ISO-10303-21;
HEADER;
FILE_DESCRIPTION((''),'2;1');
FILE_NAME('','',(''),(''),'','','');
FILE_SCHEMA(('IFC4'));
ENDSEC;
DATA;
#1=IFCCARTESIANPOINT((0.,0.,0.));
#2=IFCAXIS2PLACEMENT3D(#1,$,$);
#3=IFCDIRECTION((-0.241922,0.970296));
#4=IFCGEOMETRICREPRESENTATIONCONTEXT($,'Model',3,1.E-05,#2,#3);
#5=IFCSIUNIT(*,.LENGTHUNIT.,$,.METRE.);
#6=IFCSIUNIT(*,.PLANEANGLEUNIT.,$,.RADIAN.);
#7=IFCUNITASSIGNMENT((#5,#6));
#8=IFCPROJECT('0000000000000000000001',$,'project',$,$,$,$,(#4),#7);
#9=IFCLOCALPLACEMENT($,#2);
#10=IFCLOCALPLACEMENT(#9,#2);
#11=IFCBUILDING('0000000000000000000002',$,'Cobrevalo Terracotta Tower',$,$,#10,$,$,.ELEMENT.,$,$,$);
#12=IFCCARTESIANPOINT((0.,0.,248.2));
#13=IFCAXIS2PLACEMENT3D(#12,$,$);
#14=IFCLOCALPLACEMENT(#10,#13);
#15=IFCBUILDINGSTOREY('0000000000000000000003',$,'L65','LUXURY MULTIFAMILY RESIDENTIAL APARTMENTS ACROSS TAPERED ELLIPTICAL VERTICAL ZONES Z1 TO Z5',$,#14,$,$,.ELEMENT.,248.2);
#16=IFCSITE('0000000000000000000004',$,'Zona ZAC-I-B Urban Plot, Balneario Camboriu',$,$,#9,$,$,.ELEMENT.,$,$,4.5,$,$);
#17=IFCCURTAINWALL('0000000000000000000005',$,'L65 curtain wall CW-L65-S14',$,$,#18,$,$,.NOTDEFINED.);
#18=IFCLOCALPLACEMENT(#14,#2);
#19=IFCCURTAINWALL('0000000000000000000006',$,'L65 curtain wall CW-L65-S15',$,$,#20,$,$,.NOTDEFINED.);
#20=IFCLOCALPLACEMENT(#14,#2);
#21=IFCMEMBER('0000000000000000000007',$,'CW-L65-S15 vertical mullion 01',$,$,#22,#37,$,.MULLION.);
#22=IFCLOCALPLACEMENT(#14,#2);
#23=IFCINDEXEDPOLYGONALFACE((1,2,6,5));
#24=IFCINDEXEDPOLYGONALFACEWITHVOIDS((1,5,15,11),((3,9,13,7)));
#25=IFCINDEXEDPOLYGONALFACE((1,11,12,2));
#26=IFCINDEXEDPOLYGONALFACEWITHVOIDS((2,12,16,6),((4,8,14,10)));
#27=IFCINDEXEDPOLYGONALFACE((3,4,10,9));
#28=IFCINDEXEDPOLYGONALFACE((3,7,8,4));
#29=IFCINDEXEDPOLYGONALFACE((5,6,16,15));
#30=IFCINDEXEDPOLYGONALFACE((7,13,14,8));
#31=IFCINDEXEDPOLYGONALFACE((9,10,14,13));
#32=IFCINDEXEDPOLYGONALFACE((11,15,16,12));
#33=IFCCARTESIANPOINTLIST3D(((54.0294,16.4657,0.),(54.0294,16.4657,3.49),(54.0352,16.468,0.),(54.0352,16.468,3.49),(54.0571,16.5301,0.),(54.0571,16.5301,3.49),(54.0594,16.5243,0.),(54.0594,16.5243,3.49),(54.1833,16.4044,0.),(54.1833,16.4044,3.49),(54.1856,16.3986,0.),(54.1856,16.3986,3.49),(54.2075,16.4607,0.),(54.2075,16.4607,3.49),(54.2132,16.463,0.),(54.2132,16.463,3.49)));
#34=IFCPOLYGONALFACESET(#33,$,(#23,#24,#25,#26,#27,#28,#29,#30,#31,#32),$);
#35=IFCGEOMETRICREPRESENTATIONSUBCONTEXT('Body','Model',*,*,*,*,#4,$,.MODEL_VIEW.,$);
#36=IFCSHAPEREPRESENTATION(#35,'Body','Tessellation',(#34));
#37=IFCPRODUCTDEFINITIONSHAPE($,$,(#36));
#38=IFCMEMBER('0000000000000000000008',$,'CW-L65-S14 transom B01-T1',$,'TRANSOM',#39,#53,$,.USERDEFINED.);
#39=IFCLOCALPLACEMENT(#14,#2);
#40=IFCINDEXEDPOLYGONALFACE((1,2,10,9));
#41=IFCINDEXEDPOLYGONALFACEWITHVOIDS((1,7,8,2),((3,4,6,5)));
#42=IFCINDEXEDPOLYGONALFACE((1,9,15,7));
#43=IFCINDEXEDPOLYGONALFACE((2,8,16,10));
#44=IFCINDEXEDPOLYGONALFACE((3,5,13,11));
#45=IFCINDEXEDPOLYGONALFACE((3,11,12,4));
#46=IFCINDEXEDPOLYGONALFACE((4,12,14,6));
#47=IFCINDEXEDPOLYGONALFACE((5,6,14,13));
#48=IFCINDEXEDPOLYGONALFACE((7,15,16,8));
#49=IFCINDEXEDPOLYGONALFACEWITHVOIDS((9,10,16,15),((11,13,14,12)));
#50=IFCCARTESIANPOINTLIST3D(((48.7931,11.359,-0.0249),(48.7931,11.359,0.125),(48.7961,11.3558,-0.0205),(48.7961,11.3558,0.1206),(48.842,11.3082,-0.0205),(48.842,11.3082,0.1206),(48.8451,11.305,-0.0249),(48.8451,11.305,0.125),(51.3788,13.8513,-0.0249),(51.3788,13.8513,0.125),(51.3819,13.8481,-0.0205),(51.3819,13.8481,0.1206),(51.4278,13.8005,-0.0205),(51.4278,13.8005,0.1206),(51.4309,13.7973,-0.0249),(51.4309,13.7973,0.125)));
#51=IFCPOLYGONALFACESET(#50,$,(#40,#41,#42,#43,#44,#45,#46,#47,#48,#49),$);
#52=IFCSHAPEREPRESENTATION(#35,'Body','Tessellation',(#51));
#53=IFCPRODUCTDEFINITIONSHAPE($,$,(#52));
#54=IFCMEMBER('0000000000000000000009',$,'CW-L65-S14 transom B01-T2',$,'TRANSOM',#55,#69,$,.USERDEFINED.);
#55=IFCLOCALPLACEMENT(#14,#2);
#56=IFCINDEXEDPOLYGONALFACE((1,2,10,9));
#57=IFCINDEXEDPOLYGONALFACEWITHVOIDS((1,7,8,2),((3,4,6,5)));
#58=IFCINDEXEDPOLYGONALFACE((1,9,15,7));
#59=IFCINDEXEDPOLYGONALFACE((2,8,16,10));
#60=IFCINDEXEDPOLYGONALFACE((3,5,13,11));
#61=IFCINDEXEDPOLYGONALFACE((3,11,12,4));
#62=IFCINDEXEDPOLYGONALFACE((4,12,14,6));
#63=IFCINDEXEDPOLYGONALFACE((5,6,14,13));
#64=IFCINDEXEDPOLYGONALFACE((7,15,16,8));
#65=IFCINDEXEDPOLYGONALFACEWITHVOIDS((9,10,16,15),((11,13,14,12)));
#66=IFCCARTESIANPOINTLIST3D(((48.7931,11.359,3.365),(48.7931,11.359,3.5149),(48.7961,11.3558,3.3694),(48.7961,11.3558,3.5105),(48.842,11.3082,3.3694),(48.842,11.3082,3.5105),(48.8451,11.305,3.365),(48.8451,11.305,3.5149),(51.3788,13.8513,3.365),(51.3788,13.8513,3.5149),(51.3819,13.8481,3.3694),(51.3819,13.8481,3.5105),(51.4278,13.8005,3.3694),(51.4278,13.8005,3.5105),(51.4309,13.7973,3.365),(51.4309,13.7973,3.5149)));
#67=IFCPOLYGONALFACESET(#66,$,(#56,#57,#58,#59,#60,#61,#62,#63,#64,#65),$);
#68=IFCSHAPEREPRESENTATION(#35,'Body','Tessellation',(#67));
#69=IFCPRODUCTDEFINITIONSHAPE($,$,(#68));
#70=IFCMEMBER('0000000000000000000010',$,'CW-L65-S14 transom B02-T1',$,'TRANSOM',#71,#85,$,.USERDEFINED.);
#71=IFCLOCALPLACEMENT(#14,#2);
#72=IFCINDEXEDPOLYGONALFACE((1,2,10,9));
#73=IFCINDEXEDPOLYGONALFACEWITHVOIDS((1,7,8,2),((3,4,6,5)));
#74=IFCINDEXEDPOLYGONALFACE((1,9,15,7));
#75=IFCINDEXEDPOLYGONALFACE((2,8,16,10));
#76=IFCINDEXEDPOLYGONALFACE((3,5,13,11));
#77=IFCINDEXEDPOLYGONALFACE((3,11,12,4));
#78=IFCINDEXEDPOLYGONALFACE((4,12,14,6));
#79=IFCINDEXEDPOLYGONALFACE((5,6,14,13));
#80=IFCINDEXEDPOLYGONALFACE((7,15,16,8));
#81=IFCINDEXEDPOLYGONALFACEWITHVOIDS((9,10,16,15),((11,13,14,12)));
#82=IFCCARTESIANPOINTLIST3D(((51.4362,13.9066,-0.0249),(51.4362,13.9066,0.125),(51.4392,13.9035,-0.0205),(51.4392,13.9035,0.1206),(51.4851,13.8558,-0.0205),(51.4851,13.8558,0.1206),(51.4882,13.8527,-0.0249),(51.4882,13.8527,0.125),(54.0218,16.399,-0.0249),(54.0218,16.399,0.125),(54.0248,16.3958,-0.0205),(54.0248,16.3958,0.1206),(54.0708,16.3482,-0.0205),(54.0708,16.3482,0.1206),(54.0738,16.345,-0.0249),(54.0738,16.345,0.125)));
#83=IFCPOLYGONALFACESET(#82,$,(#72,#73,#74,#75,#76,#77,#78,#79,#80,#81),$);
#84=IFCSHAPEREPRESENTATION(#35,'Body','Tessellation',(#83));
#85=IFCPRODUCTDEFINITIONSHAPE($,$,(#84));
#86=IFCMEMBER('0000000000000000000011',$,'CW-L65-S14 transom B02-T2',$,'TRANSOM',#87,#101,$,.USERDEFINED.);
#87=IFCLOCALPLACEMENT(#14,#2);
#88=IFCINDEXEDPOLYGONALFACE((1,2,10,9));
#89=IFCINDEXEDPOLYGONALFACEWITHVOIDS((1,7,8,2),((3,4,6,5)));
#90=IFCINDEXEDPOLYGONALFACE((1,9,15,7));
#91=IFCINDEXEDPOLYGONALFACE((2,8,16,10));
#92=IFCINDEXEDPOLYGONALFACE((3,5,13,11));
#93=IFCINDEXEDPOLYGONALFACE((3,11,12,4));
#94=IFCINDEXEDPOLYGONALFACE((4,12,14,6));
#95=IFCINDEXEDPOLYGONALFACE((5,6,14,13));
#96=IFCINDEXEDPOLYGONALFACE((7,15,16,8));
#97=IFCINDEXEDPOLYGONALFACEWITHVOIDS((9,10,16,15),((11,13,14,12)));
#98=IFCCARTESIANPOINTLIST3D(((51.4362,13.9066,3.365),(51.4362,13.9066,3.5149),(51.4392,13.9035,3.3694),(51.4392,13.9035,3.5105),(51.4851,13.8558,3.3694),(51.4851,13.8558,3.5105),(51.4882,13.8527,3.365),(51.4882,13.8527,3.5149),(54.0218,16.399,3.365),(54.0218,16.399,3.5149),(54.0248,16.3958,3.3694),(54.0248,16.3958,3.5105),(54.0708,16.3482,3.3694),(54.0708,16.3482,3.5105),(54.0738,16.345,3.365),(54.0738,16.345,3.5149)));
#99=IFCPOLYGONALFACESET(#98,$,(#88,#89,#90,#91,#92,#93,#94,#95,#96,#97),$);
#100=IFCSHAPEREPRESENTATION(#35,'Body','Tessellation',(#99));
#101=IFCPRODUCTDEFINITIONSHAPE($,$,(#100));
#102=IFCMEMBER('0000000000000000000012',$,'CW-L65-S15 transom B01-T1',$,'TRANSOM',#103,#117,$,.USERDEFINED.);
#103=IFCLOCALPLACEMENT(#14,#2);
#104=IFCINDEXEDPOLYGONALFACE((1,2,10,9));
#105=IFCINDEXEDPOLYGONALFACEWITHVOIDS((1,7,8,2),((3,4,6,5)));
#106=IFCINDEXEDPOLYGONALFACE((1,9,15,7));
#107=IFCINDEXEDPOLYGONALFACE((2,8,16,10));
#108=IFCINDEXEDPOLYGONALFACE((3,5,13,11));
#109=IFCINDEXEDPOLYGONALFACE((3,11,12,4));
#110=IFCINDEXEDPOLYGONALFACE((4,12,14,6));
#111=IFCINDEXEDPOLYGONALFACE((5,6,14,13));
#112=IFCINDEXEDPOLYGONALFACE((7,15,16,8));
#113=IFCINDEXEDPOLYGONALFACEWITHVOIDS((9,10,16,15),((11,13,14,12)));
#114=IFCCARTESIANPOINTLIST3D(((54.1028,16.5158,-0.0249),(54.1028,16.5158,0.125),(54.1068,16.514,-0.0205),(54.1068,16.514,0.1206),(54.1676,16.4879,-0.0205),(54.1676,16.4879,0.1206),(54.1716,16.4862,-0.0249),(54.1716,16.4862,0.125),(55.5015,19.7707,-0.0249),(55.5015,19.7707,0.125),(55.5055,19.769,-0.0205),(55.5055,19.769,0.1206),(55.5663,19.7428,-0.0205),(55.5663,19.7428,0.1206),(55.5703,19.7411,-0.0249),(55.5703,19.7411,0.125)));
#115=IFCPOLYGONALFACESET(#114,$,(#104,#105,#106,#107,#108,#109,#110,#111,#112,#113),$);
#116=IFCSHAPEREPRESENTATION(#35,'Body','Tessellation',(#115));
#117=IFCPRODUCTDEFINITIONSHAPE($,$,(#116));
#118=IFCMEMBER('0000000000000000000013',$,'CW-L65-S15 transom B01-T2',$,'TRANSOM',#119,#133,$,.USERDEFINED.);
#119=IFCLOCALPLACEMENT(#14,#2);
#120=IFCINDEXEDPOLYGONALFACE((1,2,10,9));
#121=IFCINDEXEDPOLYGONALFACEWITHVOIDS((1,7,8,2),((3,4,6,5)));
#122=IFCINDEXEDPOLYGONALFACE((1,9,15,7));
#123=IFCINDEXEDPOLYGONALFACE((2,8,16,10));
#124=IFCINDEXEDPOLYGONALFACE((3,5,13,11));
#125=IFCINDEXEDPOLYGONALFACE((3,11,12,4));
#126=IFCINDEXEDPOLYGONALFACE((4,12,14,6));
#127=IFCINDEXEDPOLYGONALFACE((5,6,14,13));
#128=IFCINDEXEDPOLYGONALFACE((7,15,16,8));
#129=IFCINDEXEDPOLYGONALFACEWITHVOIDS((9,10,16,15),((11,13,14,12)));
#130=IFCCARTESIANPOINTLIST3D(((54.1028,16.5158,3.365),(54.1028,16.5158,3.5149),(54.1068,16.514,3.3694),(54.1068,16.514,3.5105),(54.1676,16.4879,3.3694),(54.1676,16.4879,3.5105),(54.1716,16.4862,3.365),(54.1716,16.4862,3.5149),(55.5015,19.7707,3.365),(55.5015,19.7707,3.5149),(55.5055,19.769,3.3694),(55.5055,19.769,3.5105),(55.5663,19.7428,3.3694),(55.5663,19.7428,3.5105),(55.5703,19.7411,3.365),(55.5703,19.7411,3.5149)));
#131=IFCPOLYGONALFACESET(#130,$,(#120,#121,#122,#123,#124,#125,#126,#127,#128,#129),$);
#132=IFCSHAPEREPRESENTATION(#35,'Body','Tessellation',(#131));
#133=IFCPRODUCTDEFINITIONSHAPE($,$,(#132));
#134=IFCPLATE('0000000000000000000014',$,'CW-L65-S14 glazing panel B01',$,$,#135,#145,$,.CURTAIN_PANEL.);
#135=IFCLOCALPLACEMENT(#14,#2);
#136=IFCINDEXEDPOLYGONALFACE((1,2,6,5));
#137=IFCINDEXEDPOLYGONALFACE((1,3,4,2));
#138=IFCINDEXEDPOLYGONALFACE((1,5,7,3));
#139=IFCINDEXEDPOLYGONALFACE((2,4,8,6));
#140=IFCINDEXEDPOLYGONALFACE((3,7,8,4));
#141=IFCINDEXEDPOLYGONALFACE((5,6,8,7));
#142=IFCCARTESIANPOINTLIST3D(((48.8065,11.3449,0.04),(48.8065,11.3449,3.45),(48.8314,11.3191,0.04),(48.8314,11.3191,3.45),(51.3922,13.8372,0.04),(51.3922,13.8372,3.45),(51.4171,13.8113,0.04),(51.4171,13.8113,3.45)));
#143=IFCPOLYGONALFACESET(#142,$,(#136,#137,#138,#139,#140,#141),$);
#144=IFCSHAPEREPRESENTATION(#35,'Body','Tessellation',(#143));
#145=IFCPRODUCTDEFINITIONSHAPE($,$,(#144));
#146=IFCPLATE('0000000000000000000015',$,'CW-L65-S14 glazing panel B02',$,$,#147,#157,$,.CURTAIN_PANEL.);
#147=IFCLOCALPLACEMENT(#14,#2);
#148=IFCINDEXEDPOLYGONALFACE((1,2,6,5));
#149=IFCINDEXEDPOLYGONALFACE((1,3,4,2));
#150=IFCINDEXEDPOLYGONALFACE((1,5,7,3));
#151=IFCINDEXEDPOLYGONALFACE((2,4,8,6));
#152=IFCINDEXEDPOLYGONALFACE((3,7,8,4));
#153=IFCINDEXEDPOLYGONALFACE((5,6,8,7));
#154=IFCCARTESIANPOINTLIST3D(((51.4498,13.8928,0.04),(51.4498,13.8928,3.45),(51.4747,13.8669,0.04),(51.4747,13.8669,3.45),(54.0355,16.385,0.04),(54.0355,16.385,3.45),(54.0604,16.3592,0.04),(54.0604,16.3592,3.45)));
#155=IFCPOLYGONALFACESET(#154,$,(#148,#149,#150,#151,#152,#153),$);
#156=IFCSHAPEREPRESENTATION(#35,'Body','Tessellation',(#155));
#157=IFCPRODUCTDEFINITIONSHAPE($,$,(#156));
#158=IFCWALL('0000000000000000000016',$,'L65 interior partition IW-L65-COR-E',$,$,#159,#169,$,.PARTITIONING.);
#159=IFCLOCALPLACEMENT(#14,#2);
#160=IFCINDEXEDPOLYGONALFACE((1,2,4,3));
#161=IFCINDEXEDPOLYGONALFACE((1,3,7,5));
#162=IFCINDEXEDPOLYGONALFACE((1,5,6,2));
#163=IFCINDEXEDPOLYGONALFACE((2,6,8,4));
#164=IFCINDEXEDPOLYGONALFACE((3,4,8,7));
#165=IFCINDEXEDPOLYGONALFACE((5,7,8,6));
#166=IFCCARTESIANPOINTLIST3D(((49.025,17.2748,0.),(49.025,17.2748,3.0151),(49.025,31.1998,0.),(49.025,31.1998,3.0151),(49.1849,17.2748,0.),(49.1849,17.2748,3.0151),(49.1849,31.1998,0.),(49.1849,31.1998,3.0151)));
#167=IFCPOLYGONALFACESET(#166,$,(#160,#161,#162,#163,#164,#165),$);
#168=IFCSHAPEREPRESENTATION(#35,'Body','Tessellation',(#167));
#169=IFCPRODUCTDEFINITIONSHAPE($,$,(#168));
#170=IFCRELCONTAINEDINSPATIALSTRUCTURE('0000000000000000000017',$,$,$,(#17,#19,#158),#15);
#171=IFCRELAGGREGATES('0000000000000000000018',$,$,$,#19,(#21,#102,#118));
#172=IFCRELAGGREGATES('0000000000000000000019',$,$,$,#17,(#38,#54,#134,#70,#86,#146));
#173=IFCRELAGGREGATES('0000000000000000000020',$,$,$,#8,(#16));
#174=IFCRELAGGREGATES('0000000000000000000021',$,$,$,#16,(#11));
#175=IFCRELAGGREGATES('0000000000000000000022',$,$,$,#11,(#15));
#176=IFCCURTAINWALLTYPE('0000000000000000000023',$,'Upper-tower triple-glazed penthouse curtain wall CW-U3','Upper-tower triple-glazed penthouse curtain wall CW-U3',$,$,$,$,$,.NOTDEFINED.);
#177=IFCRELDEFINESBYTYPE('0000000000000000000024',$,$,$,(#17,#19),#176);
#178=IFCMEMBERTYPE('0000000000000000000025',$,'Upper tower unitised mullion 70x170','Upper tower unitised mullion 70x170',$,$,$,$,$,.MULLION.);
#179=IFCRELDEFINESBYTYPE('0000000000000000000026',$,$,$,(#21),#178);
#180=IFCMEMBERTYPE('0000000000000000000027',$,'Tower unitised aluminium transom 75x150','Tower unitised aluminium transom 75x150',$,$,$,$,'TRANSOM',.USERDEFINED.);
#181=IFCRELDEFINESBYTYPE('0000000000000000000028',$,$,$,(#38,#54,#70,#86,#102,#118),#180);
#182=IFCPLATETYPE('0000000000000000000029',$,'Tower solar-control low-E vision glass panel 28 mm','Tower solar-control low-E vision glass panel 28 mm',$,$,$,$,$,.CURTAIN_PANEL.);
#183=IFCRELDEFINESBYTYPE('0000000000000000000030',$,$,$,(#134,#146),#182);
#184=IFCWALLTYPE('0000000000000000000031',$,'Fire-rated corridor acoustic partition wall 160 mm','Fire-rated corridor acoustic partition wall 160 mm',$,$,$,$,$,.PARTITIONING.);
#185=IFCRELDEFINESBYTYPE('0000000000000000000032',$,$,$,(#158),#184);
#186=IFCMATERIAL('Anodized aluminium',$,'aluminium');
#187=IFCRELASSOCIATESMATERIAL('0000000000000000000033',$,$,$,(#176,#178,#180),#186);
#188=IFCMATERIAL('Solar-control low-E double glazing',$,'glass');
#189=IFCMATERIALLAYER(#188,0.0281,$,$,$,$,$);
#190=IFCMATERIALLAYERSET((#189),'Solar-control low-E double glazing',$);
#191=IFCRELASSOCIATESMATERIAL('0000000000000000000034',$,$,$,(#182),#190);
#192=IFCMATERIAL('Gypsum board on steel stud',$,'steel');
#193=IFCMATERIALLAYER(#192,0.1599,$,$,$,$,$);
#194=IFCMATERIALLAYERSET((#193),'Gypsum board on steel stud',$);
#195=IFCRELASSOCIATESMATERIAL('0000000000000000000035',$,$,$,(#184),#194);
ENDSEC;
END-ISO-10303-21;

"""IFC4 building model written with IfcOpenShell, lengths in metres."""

from ifc_helpers import new_model, si_unit, direction, frame, frame_2d, origin, origin_2d, place, context, subcontext, project, spatial, rectangle, hollow_rectangle, extrude, source, transform, mapped, material, layer, layer_set, material_profile, profile_set, type_object, element, aggregate, save


model = new_model("IFC4")

# Units and contexts
model_context = context("Model", 3, precision=1e-05, world=origin(), true_north=direction((-0.241922, 0.970296)))
body_context = subcontext(model_context, "Body", "Model", "MODEL_VIEW")
ifc_project = project(units=[si_unit("LENGTHUNIT", "METRE"), si_unit("PLANEANGLEUNIT", "RADIAN")], contexts=[model_context])

# Site, building, storey
site_placement = place(None, origin())
site = spatial("IfcSite", under=ifc_project, at=site_placement, Name="Zona ZAC-I-B Urban Plot, Balneario Camboriu", CompositionType="ELEMENT", RefElevation=4.5)
building_placement = place(site_placement, origin())
building = spatial("IfcBuilding", under=site, at=building_placement, Name="Cobrevalo Terracotta Tower", CompositionType="ELEMENT")
storey_placement = place(building_placement, frame((0.0, 0.0, 248.2)))
storey = spatial("IfcBuildingStorey", under=building, at=storey_placement, Name="L65", Description="LUXURY MULTIFAMILY RESIDENTIAL APARTMENTS ACROSS TAPERED ELLIPTICAL VERTICAL ZONES Z1 TO Z5", CompositionType="ELEMENT", Elevation=248.2)

# Curtain wall
ifc_material_1 = material(Name="Anodized aluminium", Category="aluminium")
curtain_wall_type = type_object("IfcCurtainWallType", Name="Upper-tower triple-glazed penthouse curtain wall CW-U3", Description="Upper-tower triple-glazed penthouse curtain wall CW-U3", PredefinedType="NOTDEFINED", material=ifc_material_1)
curtain_wall_1_placement = place(storey_placement, origin())
curtain_wall_1 = element("IfcCurtainWall", 1, at=curtain_wall_1_placement, inside=storey, type_object=curtain_wall_type, Name="L65 curtain wall CW-L65-S14", PredefinedType="NOTDEFINED")
ifc_material_profile_1 = material_profile(ifc_material_1, hollow_rectangle(XDim=0.0701, YDim=0.1699, WallThickness=0.0044, at=origin_2d()), Name="CWM 70x170")
ifc_profile_set_1 = profile_set([ifc_material_profile_1], Name="Anodized aluminium")
member_type_1 = type_object("IfcMemberType", Name="Upper tower unitised mullion 70x170", Description="Upper tower unitised mullion 70x170", PredefinedType="MULLION", material=ifc_profile_set_1)
shared_shape_1 = source(origin(), body_context, "Body", "SweptSolid", [
    extrude(hollow_rectangle(XDim=0.0701, YDim=0.1699, WallThickness=0.0044, at=origin_2d()), origin(), (0.0, 0.0, 1.0), 3.49),
])

# Curtain wall, member
curtain_wall_2_placement = place(storey_placement, origin())
curtain_wall_2 = element("IfcCurtainWall", 2, at=curtain_wall_2_placement, inside=storey, type_object=curtain_wall_type, Name="L65 curtain wall CW-L65-S15", PredefinedType="NOTDEFINED")
member_1_placement = place(storey_placement, frame((54.1213, 16.4644, 0.0), z_axis=(0.0, 0.0, 1.0), x_axis=(0.394824, 0.918757, 0.0)))
member_1 = element("IfcMember", 3, at=member_1_placement, type_object=member_type_1, Name="CW-L65-S15 vertical mullion 01", PredefinedType="MULLION", context=body_context, shape_type="MappedRepresentation", body=[
    mapped(shared_shape_1, transform((0.0, 0.0, 0.0), scale=1.0)),
])

# Members
ifc_material_profile_2 = material_profile(ifc_material_1, hollow_rectangle(XDim=0.075, YDim=0.1499, WallThickness=0.0044, at=origin_2d()), Name="CWT 75x150")
ifc_profile_set_2 = profile_set([ifc_material_profile_2], Name="Anodized aluminium")
member_type_2 = type_object("IfcMemberType", Name="Tower unitised aluminium transom 75x150", Description="Tower unitised aluminium transom 75x150", ElementType="TRANSOM", PredefinedType="USERDEFINED", material=ifc_profile_set_2)
shared_shape_2 = source(origin(), body_context, "Body", "SweptSolid", [
    extrude(hollow_rectangle(XDim=0.075, YDim=0.1499, WallThickness=0.0044, at=origin_2d()), origin(), (0.0, 0.0, 1.0), 3.5913),
])
member_2_placement = place(storey_placement, frame((48.8191, 11.332, 0.05), z_axis=(0.720006, 0.693968, 0.0), x_axis=(-0.693968, 0.720006, 0.0)))
member_2 = element("IfcMember", 4, at=member_2_placement, type_object=member_type_2, Name="CW-L65-S14 transom B01-T1", ObjectType="TRANSOM", PredefinedType="USERDEFINED", context=body_context, shape_type="MappedRepresentation", body=[
    mapped(shared_shape_2, transform((0.0, 0.0, 0.0), scale=1.0)),
])
member_3_placement = place(storey_placement, frame((48.8191, 11.332, 3.4399), z_axis=(0.720006, 0.693968, 0.0), x_axis=(-0.693968, 0.720006, 0.0)))
member_3 = element("IfcMember", 5, at=member_3_placement, type_object=member_type_2, Name="CW-L65-S14 transom B01-T2", ObjectType="TRANSOM", PredefinedType="USERDEFINED", context=body_context, shape_type="MappedRepresentation", body=[
    mapped(shared_shape_2, transform((0.0, 0.0, 0.0), scale=1.0)),
])
member_4_placement = place(storey_placement, frame((51.4622, 13.8796, 0.05), z_axis=(0.719972, 0.694003, 0.0), x_axis=(-0.694003, 0.719972, 0.0)))
member_4 = element("IfcMember", 6, at=member_4_placement, type_object=member_type_2, Name="CW-L65-S14 transom B02-T1", ObjectType="TRANSOM", PredefinedType="USERDEFINED", context=body_context, shape_type="MappedRepresentation", body=[
    mapped(shared_shape_2, transform((0.0, 0.0, 0.0), scale=1.0)),
])
member_5_placement = place(storey_placement, frame((51.4622, 13.8796, 3.4399), z_axis=(0.719972, 0.694003, 0.0), x_axis=(-0.694003, 0.719972, 0.0)))
member_5 = element("IfcMember", 7, at=member_5_placement, type_object=member_type_2, Name="CW-L65-S14 transom B02-T2", ObjectType="TRANSOM", PredefinedType="USERDEFINED", context=body_context, shape_type="MappedRepresentation", body=[
    mapped(shared_shape_2, transform((0.0, 0.0, 0.0), scale=1.0)),
])
shared_shape_3 = source(origin(), body_context, "Body", "SweptSolid", [
    extrude(hollow_rectangle(XDim=0.075, YDim=0.1499, WallThickness=0.0044, at=origin_2d()), origin(), (0.0, 0.0, 1.0), 3.5427),
])
member_6_placement = place(storey_placement, frame((54.1372, 16.501, 0.05), z_axis=(0.394809, 0.918763, 0.0), x_axis=(-0.918763, 0.394809, 0.0)))
member_6 = element("IfcMember", 8, at=member_6_placement, type_object=member_type_2, Name="CW-L65-S15 transom B01-T1", ObjectType="TRANSOM", PredefinedType="USERDEFINED", context=body_context, shape_type="MappedRepresentation", body=[
    mapped(shared_shape_3, transform((0.0, 0.0, 0.0), scale=1.0)),
])
member_7_placement = place(storey_placement, frame((54.1372, 16.501, 3.4399), z_axis=(0.394809, 0.918763, 0.0), x_axis=(-0.918763, 0.394809, 0.0)))
member_7 = element("IfcMember", 9, at=member_7_placement, type_object=member_type_2, Name="CW-L65-S15 transom B01-T2", ObjectType="TRANSOM", PredefinedType="USERDEFINED", context=body_context, shape_type="MappedRepresentation", body=[
    mapped(shared_shape_3, transform((0.0, 0.0, 0.0), scale=1.0)),
])
aggregate(curtain_wall_2, [member_1, member_6, member_7])

# Plates
ifc_material_2 = material(Name="Solar-control low-E double glazing", Category="glass")
ifc_layer_1 = layer(ifc_material_2, 0.0281)
ifc_layer_set_1 = layer_set([ifc_layer_1], Name="Solar-control low-E double glazing")
plate_type = type_object("IfcPlateType", Name="Tower solar-control low-E vision glass panel 28 mm", Description="Tower solar-control low-E vision glass panel 28 mm", PredefinedType="CURTAIN_PANEL", material=ifc_layer_set_1)
shared_shape_4 = source(origin(), body_context, "Body", "SweptSolid", [
    extrude(rectangle(XDim=3.5913, YDim=0.0359, at=origin_2d()), origin(), (0.0, 0.0, 1.0), 3.4099),
])
plate_1_placement = place(storey_placement, frame((50.1118, 12.5781, 0.04), z_axis=(0.0, 0.0, 1.0), x_axis=(0.719997, 0.693978, 0.0)))
plate_1 = element("IfcPlate", 10, at=plate_1_placement, type_object=plate_type, Name="CW-L65-S14 glazing panel B01", PredefinedType="CURTAIN_PANEL", context=body_context, shape_type="MappedRepresentation", body=[
    mapped(shared_shape_4, transform((0.0, 0.0, 0.0), scale=1.0)),
])
plate_2_placement = place(storey_placement, frame((52.7551, 15.126, 0.04), z_axis=(0.0, 0.0, 1.0), x_axis=(0.719997, 0.693978, 0.0)))
plate_2 = element("IfcPlate", 11, at=plate_2_placement, type_object=plate_type, Name="CW-L65-S14 glazing panel B02", PredefinedType="CURTAIN_PANEL", context=body_context, shape_type="MappedRepresentation", body=[
    mapped(shared_shape_4, transform((0.0, 0.0, 0.0), scale=1.0)),
])
aggregate(curtain_wall_1, [member_2, member_3, plate_1, member_4, member_5, plate_2])

# Wall
ifc_material_3 = material(Name="Gypsum board on steel stud", Category="steel")
ifc_layer_2 = layer(ifc_material_3, 0.1599)
ifc_layer_set_2 = layer_set([ifc_layer_2], Name="Gypsum board on steel stud")
wall_type_1 = type_object("IfcWallType", Name="Fire-rated corridor acoustic partition wall 160 mm", Description="Fire-rated corridor acoustic partition wall 160 mm", PredefinedType="PARTITIONING", material=ifc_layer_set_2)
wall_1_placement = place(storey_placement, frame((49.105, 17.2749, 0.0), z_axis=(0.0, 0.0, 1.0), x_axis=(0.0, 1.0, 0.0)))
element("IfcWall", 12, at=wall_1_placement, inside=storey, type_object=wall_type_1, Name="L65 interior partition IW-L65-COR-E", PredefinedType="PARTITIONING", context=body_context, shape_type="SweptSolid", body=[
    extrude(rectangle(XDim=13.925, YDim=0.1599, at=frame_2d((6.9624, 0.0))), origin(), (0.0, 0.0, 1.0), 3.0151),
])

save(model, "model.ifc")
